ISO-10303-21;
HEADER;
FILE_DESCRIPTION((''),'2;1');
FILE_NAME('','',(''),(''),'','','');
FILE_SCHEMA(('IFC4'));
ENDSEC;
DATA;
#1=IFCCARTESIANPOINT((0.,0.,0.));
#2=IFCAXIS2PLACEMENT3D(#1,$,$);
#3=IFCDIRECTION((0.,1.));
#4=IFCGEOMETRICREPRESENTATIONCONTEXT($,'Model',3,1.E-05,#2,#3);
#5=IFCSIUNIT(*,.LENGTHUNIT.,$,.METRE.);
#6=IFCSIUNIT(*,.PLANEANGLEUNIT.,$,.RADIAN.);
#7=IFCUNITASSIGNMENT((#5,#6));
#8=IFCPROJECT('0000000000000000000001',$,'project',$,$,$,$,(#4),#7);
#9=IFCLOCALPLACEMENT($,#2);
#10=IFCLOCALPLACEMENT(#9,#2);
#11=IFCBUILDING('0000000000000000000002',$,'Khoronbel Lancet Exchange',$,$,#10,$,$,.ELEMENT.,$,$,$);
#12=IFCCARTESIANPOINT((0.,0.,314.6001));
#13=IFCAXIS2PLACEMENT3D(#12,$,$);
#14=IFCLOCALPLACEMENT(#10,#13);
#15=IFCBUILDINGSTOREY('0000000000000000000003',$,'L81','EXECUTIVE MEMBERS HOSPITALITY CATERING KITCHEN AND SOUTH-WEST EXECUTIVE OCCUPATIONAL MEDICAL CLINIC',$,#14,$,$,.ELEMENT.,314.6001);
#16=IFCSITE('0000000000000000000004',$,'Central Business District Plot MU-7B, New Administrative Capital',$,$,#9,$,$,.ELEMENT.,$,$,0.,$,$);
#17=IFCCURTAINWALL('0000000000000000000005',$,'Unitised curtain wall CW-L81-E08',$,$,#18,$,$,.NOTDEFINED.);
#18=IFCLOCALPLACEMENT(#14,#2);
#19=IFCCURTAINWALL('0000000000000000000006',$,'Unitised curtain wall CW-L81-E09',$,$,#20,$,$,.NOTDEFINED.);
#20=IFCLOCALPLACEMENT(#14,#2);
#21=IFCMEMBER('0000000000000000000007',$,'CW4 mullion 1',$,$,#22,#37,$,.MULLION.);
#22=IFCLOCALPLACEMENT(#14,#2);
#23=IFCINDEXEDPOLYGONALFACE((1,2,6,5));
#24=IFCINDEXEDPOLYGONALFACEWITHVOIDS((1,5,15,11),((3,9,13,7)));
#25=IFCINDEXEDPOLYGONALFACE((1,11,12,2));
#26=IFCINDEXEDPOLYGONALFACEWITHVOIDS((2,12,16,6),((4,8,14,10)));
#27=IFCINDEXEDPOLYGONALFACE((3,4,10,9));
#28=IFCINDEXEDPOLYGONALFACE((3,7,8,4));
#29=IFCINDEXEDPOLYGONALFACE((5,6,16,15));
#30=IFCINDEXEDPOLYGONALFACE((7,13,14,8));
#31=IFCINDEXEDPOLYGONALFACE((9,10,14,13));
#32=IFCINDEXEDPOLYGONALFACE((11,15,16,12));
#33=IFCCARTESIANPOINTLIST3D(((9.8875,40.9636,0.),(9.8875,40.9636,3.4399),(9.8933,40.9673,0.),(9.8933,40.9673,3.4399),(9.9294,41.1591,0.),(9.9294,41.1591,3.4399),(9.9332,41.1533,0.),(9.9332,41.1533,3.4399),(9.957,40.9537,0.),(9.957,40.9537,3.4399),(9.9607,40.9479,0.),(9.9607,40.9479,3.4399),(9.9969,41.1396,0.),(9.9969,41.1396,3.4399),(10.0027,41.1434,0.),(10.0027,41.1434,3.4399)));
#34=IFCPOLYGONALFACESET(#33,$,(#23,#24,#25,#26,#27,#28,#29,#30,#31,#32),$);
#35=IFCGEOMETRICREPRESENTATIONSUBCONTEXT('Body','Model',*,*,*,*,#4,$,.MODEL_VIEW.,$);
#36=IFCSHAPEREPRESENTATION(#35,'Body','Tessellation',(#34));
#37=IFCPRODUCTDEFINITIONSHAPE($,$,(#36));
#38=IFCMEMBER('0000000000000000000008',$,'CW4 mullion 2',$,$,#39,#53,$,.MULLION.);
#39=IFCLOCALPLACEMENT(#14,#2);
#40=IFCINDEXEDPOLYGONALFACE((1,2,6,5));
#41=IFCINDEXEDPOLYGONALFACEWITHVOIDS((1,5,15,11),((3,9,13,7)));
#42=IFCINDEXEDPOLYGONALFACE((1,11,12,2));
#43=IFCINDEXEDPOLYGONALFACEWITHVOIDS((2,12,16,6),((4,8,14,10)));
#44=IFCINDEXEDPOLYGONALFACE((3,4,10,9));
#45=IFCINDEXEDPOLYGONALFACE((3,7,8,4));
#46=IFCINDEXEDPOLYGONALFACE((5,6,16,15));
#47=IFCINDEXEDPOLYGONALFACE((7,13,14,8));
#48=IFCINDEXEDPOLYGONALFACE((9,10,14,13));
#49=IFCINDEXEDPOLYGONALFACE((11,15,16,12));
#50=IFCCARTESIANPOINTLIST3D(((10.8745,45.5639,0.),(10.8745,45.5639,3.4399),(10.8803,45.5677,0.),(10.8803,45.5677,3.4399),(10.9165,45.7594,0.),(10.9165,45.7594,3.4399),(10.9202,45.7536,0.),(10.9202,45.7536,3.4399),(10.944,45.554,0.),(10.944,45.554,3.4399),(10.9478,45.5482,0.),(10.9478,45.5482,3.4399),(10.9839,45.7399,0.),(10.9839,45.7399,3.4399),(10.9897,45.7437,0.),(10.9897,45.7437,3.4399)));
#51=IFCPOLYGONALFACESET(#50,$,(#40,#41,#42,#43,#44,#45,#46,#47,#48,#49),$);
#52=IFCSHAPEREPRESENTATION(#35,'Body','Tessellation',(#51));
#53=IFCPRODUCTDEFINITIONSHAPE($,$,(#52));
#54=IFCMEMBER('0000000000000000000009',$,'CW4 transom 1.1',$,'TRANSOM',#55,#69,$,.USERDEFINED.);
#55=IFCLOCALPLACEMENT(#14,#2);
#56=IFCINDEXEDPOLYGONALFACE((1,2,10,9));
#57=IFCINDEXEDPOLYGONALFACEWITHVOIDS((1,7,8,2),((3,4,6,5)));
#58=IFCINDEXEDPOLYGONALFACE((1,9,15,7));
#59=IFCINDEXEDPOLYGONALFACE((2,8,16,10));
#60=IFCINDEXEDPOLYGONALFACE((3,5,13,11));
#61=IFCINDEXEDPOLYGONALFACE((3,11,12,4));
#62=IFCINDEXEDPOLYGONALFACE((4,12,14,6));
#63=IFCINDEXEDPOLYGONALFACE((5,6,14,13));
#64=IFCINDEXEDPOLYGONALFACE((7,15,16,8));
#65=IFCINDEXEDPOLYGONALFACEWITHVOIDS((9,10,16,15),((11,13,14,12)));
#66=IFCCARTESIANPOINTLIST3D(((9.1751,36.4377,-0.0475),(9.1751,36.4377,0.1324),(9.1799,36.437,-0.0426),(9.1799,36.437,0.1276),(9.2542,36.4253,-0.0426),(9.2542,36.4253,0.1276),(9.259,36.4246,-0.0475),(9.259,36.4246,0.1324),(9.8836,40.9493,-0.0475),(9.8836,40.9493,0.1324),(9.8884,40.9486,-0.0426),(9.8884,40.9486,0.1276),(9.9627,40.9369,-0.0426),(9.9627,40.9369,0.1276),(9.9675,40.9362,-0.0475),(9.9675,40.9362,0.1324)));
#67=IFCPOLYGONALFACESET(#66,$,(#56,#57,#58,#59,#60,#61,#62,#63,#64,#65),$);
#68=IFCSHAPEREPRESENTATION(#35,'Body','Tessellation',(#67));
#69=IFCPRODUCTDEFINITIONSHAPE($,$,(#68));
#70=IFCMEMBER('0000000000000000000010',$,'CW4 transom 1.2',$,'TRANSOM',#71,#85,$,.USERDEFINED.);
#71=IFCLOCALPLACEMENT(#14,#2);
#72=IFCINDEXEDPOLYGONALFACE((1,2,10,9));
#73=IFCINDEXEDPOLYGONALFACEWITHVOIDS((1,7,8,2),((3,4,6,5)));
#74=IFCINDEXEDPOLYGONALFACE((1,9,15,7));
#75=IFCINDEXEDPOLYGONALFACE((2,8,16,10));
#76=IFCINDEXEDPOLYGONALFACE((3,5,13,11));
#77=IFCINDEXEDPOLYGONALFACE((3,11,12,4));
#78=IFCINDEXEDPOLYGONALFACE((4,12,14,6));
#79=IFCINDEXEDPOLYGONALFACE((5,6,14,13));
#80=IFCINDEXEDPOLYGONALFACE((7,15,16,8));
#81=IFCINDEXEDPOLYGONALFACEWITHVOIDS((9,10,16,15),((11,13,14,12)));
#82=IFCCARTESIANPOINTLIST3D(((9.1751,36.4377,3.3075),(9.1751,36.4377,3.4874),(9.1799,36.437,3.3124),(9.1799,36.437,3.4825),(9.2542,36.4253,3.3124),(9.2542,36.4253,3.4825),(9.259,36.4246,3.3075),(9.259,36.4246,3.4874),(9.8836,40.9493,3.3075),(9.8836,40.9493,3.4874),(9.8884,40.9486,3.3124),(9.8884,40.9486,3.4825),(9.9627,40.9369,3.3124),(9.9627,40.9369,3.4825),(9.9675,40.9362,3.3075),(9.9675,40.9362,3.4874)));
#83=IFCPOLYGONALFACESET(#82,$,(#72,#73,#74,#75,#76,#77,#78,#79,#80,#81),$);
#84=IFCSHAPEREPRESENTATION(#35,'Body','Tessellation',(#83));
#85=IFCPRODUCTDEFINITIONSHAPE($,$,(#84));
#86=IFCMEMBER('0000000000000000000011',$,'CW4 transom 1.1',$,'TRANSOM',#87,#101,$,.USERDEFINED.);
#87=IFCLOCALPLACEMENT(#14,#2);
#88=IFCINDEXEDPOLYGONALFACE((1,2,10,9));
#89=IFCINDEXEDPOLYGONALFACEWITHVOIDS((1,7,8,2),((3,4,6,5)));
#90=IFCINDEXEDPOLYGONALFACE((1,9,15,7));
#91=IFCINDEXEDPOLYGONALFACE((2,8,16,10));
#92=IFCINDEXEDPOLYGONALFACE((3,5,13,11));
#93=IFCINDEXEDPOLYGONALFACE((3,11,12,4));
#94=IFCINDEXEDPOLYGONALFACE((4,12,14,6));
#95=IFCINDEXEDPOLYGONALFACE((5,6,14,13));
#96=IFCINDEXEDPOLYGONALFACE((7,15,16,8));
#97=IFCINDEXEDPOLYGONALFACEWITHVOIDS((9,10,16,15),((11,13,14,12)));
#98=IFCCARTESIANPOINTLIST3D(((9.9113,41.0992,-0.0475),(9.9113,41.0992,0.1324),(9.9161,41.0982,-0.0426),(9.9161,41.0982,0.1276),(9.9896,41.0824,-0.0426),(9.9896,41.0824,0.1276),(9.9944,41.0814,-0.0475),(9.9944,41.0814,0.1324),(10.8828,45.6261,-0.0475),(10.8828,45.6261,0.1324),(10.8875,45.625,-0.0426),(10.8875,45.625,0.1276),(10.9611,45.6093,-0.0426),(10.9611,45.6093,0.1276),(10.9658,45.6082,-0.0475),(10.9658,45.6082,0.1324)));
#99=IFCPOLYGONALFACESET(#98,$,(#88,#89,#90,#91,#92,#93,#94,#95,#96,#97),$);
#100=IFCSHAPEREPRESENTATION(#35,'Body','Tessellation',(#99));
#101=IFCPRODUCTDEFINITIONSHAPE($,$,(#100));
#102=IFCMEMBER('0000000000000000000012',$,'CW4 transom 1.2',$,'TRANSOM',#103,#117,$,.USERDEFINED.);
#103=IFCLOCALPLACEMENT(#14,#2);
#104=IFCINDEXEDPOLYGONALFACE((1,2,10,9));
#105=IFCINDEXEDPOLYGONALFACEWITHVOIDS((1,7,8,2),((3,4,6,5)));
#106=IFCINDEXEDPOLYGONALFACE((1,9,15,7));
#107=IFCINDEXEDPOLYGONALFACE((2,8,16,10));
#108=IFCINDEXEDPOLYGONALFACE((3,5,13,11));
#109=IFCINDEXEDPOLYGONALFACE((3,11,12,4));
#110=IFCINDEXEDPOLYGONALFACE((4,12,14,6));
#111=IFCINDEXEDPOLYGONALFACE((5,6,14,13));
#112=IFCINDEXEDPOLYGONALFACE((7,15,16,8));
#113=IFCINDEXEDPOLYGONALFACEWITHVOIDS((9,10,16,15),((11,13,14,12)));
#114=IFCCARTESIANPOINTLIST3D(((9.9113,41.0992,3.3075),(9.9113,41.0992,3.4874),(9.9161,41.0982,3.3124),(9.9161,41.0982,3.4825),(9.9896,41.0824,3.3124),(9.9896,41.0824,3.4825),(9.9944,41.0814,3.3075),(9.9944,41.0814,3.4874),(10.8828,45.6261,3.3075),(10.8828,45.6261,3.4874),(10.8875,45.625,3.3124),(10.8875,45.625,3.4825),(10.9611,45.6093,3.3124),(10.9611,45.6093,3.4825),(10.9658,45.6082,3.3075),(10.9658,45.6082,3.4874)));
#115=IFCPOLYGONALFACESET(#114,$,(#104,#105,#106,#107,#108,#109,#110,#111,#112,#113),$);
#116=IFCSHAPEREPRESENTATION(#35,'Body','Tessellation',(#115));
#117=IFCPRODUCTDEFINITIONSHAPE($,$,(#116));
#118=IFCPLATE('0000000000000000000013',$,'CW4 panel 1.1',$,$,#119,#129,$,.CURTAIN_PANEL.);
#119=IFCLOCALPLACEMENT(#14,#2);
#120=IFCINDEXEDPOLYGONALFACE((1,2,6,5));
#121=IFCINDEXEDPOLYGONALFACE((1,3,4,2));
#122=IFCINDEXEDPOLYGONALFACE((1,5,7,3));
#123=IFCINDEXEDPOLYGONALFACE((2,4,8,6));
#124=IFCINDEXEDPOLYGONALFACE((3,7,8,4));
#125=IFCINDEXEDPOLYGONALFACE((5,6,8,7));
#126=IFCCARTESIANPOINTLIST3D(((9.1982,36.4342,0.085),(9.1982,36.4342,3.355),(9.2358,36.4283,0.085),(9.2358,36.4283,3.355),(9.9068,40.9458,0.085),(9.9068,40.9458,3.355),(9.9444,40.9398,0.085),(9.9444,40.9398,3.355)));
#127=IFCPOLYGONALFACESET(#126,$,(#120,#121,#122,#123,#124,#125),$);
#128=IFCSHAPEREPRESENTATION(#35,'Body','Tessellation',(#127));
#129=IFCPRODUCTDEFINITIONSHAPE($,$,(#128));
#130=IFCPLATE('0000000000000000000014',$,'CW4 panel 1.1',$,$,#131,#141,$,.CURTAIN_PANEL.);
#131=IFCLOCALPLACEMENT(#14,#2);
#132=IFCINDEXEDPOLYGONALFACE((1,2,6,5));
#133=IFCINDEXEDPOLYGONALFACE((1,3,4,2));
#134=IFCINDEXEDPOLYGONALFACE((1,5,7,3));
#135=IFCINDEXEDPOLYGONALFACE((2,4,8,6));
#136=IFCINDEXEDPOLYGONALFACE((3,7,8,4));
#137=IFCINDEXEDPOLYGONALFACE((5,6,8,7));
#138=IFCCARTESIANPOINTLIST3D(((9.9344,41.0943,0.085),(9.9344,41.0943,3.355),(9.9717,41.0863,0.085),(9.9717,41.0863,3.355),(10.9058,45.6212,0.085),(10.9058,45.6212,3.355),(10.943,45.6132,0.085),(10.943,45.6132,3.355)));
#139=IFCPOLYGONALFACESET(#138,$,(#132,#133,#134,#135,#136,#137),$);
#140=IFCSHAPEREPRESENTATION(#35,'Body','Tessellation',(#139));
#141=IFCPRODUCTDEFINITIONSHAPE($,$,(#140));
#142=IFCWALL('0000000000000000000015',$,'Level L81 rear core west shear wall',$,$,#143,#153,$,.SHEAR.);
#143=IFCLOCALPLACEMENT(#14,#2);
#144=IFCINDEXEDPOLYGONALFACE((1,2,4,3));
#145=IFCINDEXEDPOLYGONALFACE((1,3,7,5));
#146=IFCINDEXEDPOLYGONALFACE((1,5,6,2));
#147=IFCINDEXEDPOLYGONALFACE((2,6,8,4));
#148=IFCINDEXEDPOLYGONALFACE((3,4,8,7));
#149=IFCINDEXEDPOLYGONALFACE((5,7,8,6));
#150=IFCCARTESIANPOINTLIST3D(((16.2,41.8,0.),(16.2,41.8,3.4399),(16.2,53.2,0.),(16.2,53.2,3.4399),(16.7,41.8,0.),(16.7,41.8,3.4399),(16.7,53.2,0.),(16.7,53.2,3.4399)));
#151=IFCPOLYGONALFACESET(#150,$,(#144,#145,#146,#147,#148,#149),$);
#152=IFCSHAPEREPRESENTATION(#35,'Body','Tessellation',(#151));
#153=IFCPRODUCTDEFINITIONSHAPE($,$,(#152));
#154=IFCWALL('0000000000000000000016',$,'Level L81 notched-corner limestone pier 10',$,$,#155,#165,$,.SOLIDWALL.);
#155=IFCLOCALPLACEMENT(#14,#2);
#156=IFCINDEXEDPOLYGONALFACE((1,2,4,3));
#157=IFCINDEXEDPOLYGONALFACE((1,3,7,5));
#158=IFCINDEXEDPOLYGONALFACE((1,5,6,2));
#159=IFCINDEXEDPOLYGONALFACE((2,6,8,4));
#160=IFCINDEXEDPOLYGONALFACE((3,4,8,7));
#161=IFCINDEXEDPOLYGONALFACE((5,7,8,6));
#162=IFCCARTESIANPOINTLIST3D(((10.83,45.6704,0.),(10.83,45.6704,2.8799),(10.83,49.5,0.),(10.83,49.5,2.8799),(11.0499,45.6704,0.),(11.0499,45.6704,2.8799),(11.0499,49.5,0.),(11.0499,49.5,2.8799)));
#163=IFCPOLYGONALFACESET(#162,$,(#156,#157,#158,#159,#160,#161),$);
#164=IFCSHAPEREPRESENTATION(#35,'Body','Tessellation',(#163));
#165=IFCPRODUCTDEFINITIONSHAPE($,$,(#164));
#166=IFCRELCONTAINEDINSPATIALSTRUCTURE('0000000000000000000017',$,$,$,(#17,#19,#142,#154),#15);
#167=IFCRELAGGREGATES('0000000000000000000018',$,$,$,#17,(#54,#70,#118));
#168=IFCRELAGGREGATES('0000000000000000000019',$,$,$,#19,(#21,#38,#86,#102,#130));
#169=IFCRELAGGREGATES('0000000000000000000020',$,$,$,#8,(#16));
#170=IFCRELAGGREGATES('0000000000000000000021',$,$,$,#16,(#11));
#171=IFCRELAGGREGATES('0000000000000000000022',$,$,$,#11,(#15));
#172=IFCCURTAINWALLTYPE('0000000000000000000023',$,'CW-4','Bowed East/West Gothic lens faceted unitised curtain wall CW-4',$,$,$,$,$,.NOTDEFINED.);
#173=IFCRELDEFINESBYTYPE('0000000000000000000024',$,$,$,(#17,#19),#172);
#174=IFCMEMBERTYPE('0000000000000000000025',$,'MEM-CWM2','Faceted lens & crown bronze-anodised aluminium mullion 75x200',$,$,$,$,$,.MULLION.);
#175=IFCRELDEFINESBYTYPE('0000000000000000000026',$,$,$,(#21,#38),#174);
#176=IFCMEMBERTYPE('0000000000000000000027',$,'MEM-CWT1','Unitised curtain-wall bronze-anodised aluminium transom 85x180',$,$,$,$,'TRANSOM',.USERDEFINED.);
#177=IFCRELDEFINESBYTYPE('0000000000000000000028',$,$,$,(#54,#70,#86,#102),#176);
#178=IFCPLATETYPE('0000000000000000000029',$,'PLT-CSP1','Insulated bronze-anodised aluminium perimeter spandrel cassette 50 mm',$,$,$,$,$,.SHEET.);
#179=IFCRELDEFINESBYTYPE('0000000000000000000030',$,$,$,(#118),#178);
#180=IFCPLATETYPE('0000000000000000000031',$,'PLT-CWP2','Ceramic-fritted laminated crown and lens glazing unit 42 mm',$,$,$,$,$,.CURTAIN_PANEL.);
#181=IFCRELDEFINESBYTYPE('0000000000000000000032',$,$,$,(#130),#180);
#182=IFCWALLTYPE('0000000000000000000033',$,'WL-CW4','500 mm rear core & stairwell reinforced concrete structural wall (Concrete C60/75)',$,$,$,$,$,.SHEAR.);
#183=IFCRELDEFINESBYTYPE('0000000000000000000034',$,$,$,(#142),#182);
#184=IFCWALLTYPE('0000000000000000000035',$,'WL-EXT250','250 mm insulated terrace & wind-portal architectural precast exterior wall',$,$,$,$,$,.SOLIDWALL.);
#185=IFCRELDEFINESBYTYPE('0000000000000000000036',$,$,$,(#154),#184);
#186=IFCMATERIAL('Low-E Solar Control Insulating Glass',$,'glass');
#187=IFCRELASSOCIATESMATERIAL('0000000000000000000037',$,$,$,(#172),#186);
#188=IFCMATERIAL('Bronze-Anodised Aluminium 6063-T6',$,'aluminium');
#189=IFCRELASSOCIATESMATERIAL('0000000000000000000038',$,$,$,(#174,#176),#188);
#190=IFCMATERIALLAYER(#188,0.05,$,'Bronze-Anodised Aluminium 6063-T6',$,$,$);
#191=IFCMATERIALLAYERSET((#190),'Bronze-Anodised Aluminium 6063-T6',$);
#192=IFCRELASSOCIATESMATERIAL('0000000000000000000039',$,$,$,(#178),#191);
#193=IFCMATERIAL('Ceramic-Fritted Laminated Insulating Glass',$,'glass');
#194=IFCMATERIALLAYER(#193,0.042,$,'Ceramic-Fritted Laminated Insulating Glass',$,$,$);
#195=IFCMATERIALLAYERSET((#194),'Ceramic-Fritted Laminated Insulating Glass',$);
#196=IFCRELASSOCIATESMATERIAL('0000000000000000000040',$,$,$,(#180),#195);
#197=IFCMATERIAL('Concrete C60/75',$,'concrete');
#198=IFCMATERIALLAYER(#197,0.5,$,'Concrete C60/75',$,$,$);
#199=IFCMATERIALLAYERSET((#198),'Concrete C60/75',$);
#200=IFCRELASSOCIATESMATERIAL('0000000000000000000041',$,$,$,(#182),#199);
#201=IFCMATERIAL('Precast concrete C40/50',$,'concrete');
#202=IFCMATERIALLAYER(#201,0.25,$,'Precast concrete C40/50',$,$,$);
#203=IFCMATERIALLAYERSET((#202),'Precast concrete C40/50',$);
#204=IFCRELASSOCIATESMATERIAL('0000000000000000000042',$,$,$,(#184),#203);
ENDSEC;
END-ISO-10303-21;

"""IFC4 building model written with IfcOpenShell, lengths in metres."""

from ifc_helpers import new_model, si_unit, direction, frame, frame_2d, origin, origin_2d, place, context, subcontext, project, spatial, rectangle, hollow_rectangle, extrude, material, layer, layer_set, material_profile, profile_set, type_object, element, aggregate, save


model = new_model("IFC4")

# Units and contexts
model_context = context("Model", 3, precision=1e-05, world=origin(), true_north=direction((0.0, 1.0)))
body_context = subcontext(model_context, "Body", "Model", "MODEL_VIEW")
ifc_project = project(units=[si_unit("LENGTHUNIT", "METRE"), si_unit("PLANEANGLEUNIT", "RADIAN")], contexts=[model_context])

# Site, building, storey
site_placement = place(None, origin())
site = spatial("IfcSite", under=ifc_project, at=site_placement, Name="Central Business District Plot MU-7B, New Administrative Capital", CompositionType="ELEMENT", RefElevation=0.0)
building_placement = place(site_placement, origin())
building = spatial("IfcBuilding", under=site, at=building_placement, Name="Khoronbel Lancet Exchange", CompositionType="ELEMENT")
storey_placement = place(building_placement, frame((0.0, 0.0, 314.6001)))
storey = spatial("IfcBuildingStorey", under=building, at=storey_placement, Name="L81", Description="EXECUTIVE MEMBERS HOSPITALITY CATERING KITCHEN AND SOUTH-WEST EXECUTIVE OCCUPATIONAL MEDICAL CLINIC", CompositionType="ELEMENT", Elevation=314.6001)

# Shared definitions
ifc_material_1 = material(Name="Low-E Solar Control Insulating Glass", Category="glass")
curtain_wall_type = type_object("IfcCurtainWallType", Name="CW-4", Description="Bowed East/West Gothic lens faceted unitised curtain wall CW-4", PredefinedType="NOTDEFINED", material=ifc_material_1)
ifc_material_2 = material(Name="Bronze-Anodised Aluminium 6063-T6", Category="aluminium")
ifc_material_profile_1 = material_profile(ifc_material_2, hollow_rectangle(XDim=0.075, YDim=0.2, WallThickness=0.0049, at=origin_2d()), Name="ALU MULLION 75x200")
ifc_profile_set_1 = profile_set([ifc_material_profile_1], Name="Bronze-Anodised Aluminium 6063-T6")
member_type_1 = type_object("IfcMemberType", Name="MEM-CWM2", Description="Faceted lens & crown bronze-anodised aluminium mullion 75x200", PredefinedType="MULLION", material=ifc_profile_set_1)

# Curtain walls, members
curtain_wall_1_placement = place(storey_placement, origin())
curtain_wall_1 = element("IfcCurtainWall", 1, at=curtain_wall_1_placement, inside=storey, type_object=curtain_wall_type, Name="Unitised curtain wall CW-L81-E08", PredefinedType="NOTDEFINED")
curtain_wall_2_placement = place(storey_placement, origin())
curtain_wall_2 = element("IfcCurtainWall", 2, at=curtain_wall_2_placement, inside=storey, type_object=curtain_wall_type, Name="Unitised curtain wall CW-L81-E09", PredefinedType="NOTDEFINED")
member_1_placement = place(storey_placement, frame((9.9451, 41.0535, 0.0), z_axis=(0.0, 0.0, 1.0), x_axis=(-0.977746, 0.209792, 0.0)))
member_1 = element("IfcMember", 3, at=member_1_placement, type_object=member_type_1, Name="CW4 mullion 1", PredefinedType="MULLION", context=body_context, shape_type="SweptSolid", body=[
    extrude(hollow_rectangle(XDim=0.075, YDim=0.2, WallThickness=0.0049, at=origin_2d()), origin(), (0.0, 0.0, 1.0), 3.4399),
])
member_2_placement = place(storey_placement, frame((10.9321, 45.6538, 0.0), z_axis=(0.0, 0.0, 1.0), x_axis=(-0.977746, 0.209792, 0.0)))
member_2 = element("IfcMember", 4, at=member_2_placement, type_object=member_type_1, Name="CW4 mullion 2", PredefinedType="MULLION", context=body_context, shape_type="SweptSolid", body=[
    extrude(hollow_rectangle(XDim=0.075, YDim=0.2, WallThickness=0.0049, at=origin_2d()), origin(), (0.0, 0.0, 1.0), 3.4399),
])

# Members
ifc_material_profile_2 = material_profile(ifc_material_2, hollow_rectangle(XDim=0.085, YDim=0.1799, WallThickness=0.0049, at=origin_2d()), Name="ALU TRANSOM 85x180")
ifc_profile_set_2 = profile_set([ifc_material_profile_2], Name="Bronze-Anodised Aluminium 6063-T6")
member_type_2 = type_object("IfcMemberType", Name="MEM-CWT1", Description="Unitised curtain-wall bronze-anodised aluminium transom 85x180", ElementType="TRANSOM", PredefinedType="USERDEFINED", material=ifc_profile_set_2)
member_3_placement = place(storey_placement, frame((9.217, 36.4312, 0.0425), z_axis=(0.155133, 0.987894, 0.0), x_axis=(-0.987894, 0.155133, 0.0)))
member_3 = element("IfcMember", 5, at=member_3_placement, type_object=member_type_2, Name="CW4 transom 1.1", ObjectType="TRANSOM", PredefinedType="USERDEFINED", context=body_context, shape_type="SweptSolid", body=[
    extrude(hollow_rectangle(XDim=0.085, YDim=0.1799, WallThickness=0.0049, at=origin_2d()), origin(), (0.0, 0.0, 1.0), 4.5669),
])
member_4_placement = place(storey_placement, frame((9.217, 36.4312, 3.3975), z_axis=(0.155133, 0.987894, 0.0), x_axis=(-0.987894, 0.155133, 0.0)))
member_4 = element("IfcMember", 6, at=member_4_placement, type_object=member_type_2, Name="CW4 transom 1.2", ObjectType="TRANSOM", PredefinedType="USERDEFINED", context=body_context, shape_type="SweptSolid", body=[
    extrude(hollow_rectangle(XDim=0.085, YDim=0.1799, WallThickness=0.0049, at=origin_2d()), origin(), (0.0, 0.0, 1.0), 4.5669),
])
member_5_placement = place(storey_placement, frame((9.9529, 41.0903, 0.0425), z_axis=(0.209817, 0.977741, 0.0), x_axis=(-0.977741, 0.209817, 0.0)))
member_5 = element("IfcMember", 7, at=member_5_placement, type_object=member_type_2, Name="CW4 transom 1.1", ObjectType="TRANSOM", PredefinedType="USERDEFINED", context=body_context, shape_type="SweptSolid", body=[
    extrude(hollow_rectangle(XDim=0.085, YDim=0.1799, WallThickness=0.0049, at=origin_2d()), origin(), (0.0, 0.0, 1.0), 4.6299),
])
member_6_placement = place(storey_placement, frame((9.9529, 41.0903, 3.3975), z_axis=(0.209817, 0.977741, 0.0), x_axis=(-0.977741, 0.209817, 0.0)))
member_6 = element("IfcMember", 8, at=member_6_placement, type_object=member_type_2, Name="CW4 transom 1.2", ObjectType="TRANSOM", PredefinedType="USERDEFINED", context=body_context, shape_type="SweptSolid", body=[
    extrude(hollow_rectangle(XDim=0.085, YDim=0.1799, WallThickness=0.0049, at=origin_2d()), origin(), (0.0, 0.0, 1.0), 4.6299),
])

# Plates
ifc_layer_1 = layer(ifc_material_2, 0.05, Name="Bronze-Anodised Aluminium 6063-T6")
ifc_layer_set_1 = layer_set([ifc_layer_1], Name="Bronze-Anodised Aluminium 6063-T6")
plate_type_1 = type_object("IfcPlateType", Name="PLT-CSP1", Description="Insulated bronze-anodised aluminium perimeter spandrel cassette 50 mm", PredefinedType="SHEET", material=ifc_layer_set_1)
plate_1_placement = place(storey_placement, frame((9.5713, 38.687, 0.085), z_axis=(0.0, 0.0, 1.0), x_axis=(0.155165, 0.987889, 0.0)))
plate_1 = element("IfcPlate", 9, at=plate_1_placement, type_object=plate_type_1, Name="CW4 panel 1.1", PredefinedType="CURTAIN_PANEL", context=body_context, shape_type="SweptSolid", body=[
    extrude(rectangle(XDim=4.5669, YDim=0.0381, at=origin_2d()), origin(), (0.0, 0.0, 1.0), 3.27),
])
aggregate(curtain_wall_1, [member_3, member_4, plate_1])
ifc_material_3 = material(Name="Ceramic-Fritted Laminated Insulating Glass", Category="glass")
ifc_layer_2 = layer(ifc_material_3, 0.042, Name="Ceramic-Fritted Laminated Insulating Glass")
ifc_layer_set_2 = layer_set([ifc_layer_2], Name="Ceramic-Fritted Laminated Insulating Glass")
plate_type_2 = type_object("IfcPlateType", Name="PLT-CWP2", Description="Ceramic-fritted laminated crown and lens glazing unit 42 mm", PredefinedType="CURTAIN_PANEL", material=ifc_layer_set_2)
plate_2_placement = place(storey_placement, frame((10.4387, 43.3538, 0.085), z_axis=(0.0, 0.0, 1.0), x_axis=(0.209792, 0.977746, 0.0)))
plate_2 = element("IfcPlate", 10, at=plate_2_placement, type_object=plate_type_2, Name="CW4 panel 1.1", PredefinedType="CURTAIN_PANEL", context=body_context, shape_type="SweptSolid", body=[
    extrude(rectangle(XDim=4.6299, YDim=0.0381, at=origin_2d()), origin(), (0.0, 0.0, 1.0), 3.27),
])
aggregate(curtain_wall_2, [member_1, member_2, member_5, member_6, plate_2])

# Walls
ifc_material_4 = material(Name="Concrete C60/75", Category="concrete")
ifc_layer_3 = layer(ifc_material_4, 0.5, Name="Concrete C60/75")
ifc_layer_set_3 = layer_set([ifc_layer_3], Name="Concrete C60/75")
wall_type_1 = type_object("IfcWallType", Name="WL-CW4", Description="500 mm rear core & stairwell reinforced concrete structural wall (Concrete C60/75)", PredefinedType="SHEAR", material=ifc_layer_set_3)
wall_1_placement = place(storey_placement, frame((16.45, 41.8, 0.0), z_axis=(0.0, 0.0, 1.0), x_axis=(0.0, 1.0, 0.0)))
element("IfcWall", 11, at=wall_1_placement, inside=storey, type_object=wall_type_1, Name="Level L81 rear core west shear wall", PredefinedType="SHEAR", context=body_context, shape_type="SweptSolid", body=[
    extrude(rectangle(XDim=11.3999, YDim=0.5, at=frame_2d((5.7, 0.0))), origin(), (0.0, 0.0, 1.0), 3.4399),
])
ifc_material_5 = material(Name="Precast concrete C40/50", Category="concrete")
ifc_layer_4 = layer(ifc_material_5, 0.25, Name="Precast concrete C40/50")
ifc_layer_set_4 = layer_set([ifc_layer_4], Name="Precast concrete C40/50")
wall_type_2 = type_object("IfcWallType", Name="WL-EXT250", Description="250 mm insulated terrace & wind-portal architectural precast exterior wall", PredefinedType="SOLIDWALL", material=ifc_layer_set_4)
wall_2_placement = place(storey_placement, frame((10.9399, 45.6704, 0.0), z_axis=(0.0, 0.0, 1.0), x_axis=(0.0, 1.0, 0.0)))
element("IfcWall", 12, at=wall_2_placement, inside=storey, type_object=wall_type_2, Name="Level L81 notched-corner limestone pier 10", PredefinedType="SOLIDWALL", context=body_context, shape_type="SweptSolid", body=[
    extrude(rectangle(XDim=3.8296, YDim=0.22, at=frame_2d((1.9148, 0.0))), origin(), (0.0, 0.0, 1.0), 2.8799),
])

save(model, "model.ifc")
